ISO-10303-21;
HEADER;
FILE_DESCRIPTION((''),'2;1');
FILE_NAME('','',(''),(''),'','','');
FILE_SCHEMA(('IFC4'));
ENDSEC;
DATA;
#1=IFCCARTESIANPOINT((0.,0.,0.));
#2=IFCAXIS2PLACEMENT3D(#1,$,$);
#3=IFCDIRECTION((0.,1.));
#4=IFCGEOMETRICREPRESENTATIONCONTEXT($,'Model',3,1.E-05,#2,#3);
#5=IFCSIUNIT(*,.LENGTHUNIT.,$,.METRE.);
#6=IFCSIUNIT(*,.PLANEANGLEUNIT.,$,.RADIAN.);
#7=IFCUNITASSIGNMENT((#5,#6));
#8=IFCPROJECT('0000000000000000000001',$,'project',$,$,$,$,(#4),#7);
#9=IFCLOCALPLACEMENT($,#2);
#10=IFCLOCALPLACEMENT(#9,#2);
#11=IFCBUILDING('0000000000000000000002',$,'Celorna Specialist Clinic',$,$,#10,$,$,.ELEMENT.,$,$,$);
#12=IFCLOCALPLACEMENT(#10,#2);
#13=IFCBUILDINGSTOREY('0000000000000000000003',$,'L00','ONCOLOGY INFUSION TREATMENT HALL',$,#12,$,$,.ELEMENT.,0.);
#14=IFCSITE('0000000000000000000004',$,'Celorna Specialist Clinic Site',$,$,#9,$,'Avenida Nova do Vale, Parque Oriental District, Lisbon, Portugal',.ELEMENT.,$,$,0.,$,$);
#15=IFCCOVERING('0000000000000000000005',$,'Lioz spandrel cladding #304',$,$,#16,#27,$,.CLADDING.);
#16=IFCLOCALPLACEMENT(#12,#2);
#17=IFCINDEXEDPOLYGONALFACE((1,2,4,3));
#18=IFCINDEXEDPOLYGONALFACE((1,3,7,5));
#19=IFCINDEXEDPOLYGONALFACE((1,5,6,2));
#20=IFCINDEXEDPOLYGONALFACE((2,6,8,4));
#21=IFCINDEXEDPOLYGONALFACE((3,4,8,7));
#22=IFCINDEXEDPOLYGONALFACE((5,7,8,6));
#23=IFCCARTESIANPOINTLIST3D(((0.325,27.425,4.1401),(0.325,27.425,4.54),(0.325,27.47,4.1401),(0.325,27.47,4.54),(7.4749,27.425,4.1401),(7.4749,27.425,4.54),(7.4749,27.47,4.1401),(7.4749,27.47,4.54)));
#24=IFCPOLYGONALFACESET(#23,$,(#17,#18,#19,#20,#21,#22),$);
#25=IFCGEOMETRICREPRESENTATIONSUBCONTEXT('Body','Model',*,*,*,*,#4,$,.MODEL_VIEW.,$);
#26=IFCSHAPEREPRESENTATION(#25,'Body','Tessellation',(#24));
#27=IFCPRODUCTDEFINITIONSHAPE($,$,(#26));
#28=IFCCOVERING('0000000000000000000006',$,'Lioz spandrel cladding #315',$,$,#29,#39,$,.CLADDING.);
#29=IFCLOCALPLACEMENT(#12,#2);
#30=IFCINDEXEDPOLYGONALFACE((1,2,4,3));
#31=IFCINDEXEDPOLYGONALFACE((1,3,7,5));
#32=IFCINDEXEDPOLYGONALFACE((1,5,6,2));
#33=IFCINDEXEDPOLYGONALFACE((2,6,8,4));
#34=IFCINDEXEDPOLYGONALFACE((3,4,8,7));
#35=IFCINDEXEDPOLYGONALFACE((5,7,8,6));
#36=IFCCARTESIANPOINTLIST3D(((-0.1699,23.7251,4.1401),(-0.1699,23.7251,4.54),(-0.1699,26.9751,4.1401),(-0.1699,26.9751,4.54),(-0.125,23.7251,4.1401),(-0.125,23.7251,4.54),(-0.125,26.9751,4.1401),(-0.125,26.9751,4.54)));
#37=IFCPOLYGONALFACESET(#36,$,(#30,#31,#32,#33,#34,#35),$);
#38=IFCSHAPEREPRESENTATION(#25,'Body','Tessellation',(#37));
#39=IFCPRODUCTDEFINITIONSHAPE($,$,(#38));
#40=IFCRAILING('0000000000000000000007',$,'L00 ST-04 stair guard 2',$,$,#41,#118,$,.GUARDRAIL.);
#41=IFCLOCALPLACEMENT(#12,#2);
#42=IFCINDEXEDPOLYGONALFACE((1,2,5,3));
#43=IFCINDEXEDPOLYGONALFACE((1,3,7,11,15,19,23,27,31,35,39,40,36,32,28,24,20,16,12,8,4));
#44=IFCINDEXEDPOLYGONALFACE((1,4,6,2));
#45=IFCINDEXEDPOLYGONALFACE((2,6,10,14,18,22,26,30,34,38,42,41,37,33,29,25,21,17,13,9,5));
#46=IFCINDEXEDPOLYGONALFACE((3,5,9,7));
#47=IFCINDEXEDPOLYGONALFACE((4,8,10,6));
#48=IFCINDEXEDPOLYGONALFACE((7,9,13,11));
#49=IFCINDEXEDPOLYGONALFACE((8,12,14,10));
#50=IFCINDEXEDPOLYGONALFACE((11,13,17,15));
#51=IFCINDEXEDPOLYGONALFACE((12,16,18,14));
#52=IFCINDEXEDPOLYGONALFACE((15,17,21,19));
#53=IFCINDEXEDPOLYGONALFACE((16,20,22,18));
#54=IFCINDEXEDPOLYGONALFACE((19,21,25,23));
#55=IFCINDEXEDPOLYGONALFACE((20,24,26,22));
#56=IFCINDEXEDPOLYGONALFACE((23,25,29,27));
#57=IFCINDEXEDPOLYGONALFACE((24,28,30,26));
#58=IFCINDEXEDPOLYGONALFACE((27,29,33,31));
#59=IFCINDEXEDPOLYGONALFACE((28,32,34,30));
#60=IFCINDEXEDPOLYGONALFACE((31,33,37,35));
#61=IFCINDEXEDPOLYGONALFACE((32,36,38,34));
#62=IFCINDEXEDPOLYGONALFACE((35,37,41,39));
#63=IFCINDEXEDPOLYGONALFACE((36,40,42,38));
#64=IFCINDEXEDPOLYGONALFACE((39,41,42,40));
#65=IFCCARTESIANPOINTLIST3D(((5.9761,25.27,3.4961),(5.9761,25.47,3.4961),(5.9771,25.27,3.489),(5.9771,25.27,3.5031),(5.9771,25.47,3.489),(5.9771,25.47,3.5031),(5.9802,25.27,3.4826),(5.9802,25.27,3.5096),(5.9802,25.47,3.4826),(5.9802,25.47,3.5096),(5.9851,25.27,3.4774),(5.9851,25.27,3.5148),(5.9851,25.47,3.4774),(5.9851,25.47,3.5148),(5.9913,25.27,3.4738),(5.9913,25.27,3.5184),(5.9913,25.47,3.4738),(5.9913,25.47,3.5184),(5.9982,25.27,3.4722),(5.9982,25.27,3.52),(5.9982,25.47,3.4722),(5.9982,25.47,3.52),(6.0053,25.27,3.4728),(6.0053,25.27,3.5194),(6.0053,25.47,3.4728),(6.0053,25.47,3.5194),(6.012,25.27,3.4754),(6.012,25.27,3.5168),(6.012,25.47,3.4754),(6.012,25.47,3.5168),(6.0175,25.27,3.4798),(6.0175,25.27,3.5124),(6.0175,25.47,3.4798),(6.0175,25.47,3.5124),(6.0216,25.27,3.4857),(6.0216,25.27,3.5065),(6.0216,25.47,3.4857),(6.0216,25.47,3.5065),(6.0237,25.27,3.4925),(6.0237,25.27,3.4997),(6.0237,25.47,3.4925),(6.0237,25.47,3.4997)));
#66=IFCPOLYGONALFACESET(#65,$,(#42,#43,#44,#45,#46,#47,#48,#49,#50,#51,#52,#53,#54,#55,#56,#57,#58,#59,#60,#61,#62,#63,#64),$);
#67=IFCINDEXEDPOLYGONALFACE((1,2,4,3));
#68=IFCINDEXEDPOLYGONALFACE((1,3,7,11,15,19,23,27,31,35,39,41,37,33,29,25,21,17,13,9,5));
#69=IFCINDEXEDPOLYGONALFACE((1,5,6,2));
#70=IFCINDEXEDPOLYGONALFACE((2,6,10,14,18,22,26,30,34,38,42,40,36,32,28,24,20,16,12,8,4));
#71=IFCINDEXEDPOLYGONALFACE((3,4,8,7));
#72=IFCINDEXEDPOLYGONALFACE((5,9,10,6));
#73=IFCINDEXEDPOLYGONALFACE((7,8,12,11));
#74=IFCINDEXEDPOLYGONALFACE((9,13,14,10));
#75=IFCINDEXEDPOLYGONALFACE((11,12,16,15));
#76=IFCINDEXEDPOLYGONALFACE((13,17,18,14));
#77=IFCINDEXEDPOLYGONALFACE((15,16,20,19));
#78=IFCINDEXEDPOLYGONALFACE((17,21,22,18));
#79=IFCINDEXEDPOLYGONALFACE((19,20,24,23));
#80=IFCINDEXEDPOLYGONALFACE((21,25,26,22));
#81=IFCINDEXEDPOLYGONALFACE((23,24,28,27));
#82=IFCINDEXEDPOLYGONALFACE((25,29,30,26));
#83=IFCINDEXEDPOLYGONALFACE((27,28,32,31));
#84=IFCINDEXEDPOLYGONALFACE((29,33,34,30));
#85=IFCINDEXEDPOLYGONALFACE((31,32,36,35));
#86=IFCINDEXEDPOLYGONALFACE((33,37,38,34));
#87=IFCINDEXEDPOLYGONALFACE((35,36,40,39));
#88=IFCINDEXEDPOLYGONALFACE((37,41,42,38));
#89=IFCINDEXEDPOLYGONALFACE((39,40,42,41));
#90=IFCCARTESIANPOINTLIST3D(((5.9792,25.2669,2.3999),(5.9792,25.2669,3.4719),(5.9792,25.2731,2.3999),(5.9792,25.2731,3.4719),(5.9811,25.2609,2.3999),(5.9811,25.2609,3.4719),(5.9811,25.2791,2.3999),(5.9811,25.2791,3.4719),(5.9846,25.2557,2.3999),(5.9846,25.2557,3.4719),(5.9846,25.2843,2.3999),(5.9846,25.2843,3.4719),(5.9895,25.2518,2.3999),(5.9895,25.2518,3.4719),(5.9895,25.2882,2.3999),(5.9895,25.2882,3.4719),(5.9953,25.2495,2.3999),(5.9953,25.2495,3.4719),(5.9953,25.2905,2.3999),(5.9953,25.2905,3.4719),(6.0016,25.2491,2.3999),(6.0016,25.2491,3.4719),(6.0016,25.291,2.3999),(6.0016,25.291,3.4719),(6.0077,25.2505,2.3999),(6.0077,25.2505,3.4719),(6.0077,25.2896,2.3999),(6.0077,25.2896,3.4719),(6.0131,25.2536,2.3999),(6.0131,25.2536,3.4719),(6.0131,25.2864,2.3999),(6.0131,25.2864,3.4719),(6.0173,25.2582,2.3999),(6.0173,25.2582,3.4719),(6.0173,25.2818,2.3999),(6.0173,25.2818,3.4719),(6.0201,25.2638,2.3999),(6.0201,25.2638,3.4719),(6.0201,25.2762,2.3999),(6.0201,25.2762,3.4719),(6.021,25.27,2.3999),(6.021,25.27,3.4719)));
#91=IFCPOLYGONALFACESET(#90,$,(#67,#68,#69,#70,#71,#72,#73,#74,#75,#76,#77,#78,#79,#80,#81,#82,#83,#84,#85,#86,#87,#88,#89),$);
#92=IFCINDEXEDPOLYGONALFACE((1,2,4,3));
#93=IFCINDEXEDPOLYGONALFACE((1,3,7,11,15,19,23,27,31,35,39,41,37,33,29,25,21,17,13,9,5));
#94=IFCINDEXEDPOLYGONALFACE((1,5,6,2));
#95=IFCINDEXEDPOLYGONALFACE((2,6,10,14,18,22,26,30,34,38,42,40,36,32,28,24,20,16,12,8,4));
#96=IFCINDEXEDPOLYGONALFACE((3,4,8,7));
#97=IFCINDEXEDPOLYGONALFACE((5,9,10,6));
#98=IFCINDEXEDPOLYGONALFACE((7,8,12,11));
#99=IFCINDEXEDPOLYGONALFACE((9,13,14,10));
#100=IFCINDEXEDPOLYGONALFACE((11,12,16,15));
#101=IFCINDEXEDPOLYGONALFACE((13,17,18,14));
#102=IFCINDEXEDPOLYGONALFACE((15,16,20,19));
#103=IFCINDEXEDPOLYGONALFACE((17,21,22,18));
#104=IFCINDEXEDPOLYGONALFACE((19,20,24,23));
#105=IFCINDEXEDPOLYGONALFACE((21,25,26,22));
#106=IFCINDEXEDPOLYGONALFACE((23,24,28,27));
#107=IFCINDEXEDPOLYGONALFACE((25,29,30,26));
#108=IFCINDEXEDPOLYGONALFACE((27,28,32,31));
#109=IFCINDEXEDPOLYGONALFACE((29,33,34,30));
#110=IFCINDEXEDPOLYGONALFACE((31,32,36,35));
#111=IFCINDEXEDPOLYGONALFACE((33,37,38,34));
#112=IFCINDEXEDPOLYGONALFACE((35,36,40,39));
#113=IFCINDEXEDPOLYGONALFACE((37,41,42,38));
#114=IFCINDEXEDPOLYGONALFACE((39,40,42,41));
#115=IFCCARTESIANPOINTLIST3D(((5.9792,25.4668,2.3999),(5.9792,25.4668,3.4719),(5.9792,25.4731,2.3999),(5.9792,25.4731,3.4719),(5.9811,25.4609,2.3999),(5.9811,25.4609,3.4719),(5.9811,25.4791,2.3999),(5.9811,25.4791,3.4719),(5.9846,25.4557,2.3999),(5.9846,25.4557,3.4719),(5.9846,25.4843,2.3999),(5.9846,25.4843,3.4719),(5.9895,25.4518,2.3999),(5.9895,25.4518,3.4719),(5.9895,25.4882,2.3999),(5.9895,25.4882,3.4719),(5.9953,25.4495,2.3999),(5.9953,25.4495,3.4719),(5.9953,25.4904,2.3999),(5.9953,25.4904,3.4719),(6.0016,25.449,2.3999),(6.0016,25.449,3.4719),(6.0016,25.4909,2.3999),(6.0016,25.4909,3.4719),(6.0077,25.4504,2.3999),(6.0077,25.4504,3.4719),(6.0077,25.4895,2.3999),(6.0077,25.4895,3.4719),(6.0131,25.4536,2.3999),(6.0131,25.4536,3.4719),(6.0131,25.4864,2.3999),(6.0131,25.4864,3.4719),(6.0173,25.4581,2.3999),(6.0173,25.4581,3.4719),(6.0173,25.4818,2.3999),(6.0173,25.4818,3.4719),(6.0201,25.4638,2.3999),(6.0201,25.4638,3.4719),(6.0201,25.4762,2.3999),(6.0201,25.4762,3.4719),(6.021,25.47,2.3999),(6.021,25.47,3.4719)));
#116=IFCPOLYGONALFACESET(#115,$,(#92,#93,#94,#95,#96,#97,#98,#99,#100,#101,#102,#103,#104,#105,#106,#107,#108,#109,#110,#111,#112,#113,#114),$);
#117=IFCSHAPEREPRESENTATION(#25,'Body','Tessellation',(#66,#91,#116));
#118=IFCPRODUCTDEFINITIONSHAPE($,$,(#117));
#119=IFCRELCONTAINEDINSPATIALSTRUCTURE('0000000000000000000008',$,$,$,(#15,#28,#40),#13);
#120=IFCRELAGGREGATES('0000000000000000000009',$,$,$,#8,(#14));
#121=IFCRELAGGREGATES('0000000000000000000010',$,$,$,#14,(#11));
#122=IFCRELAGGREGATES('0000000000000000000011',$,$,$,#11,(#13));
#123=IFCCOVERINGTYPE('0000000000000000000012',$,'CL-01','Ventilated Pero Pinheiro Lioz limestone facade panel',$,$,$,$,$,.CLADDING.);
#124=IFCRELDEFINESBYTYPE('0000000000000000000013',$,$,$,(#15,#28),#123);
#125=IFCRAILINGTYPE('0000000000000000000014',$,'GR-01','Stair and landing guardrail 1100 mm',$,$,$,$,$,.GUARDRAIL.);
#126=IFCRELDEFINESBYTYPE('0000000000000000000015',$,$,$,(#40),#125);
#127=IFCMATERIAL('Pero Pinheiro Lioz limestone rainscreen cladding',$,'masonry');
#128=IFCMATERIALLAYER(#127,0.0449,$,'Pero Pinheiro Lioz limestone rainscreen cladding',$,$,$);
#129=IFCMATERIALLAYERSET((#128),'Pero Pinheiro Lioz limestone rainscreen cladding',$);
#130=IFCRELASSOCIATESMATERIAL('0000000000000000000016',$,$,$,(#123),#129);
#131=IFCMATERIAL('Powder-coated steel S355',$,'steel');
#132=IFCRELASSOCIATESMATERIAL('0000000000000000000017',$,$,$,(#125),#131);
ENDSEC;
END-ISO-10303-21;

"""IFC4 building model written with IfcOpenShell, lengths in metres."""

from ifc_helpers import new_model, si_unit, direction, frame, origin, origin_2d, place, context, subcontext, project, spatial, rectangle, circle, extrude, material, layer, layer_set, type_object, element, save


model = new_model("IFC4")

# Units and contexts
model_context = context("Model", 3, precision=1e-05, world=origin(), true_north=direction((0.0, 1.0)))
body_context = subcontext(model_context, "Body", "Model", "MODEL_VIEW")
ifc_project = project(units=[si_unit("LENGTHUNIT", "METRE"), si_unit("PLANEANGLEUNIT", "RADIAN")], contexts=[model_context])

# Site, building, storey
site_placement = place(None, origin())
site = spatial("IfcSite", under=ifc_project, at=site_placement, Name="Celorna Specialist Clinic Site", LongName="Avenida Nova do Vale, Parque Oriental District, Lisbon, Portugal", CompositionType="ELEMENT", RefElevation=0.0)
building_placement = place(site_placement, origin())
building = spatial("IfcBuilding", under=site, at=building_placement, Name="Celorna Specialist Clinic", CompositionType="ELEMENT")
storey_placement = place(building_placement, origin())
storey = spatial("IfcBuildingStorey", under=building, at=storey_placement, Name="L00", Description="ONCOLOGY INFUSION TREATMENT HALL", CompositionType="ELEMENT", Elevation=0.0)

# Coverings
ifc_material_1 = material(Name="Pero Pinheiro Lioz limestone rainscreen cladding", Category="masonry")
ifc_layer_1 = layer(ifc_material_1, 0.0449, Name="Pero Pinheiro Lioz limestone rainscreen cladding")
ifc_layer_set_1 = layer_set([ifc_layer_1], Name="Pero Pinheiro Lioz limestone rainscreen cladding")
covering_type = type_object("IfcCoveringType", Name="CL-01", Description="Ventilated Pero Pinheiro Lioz limestone facade panel", PredefinedType="CLADDING", material=ifc_layer_set_1)
covering_1_placement = place(storey_placement, frame((3.8999, 27.4475, 4.1401), z_axis=(0.0, 0.0, 1.0), x_axis=(1.0, 0.0, 0.0)))
element("IfcCovering", 1, at=covering_1_placement, inside=storey, type_object=covering_type, Name="Lioz spandrel cladding #304", PredefinedType="CLADDING", context=body_context, shape_type="SweptSolid", body=[
    extrude(rectangle(XDim=7.1499, YDim=0.0449, at=origin_2d()), origin(), (0.0, 0.0, 1.0), 0.3999),
])
covering_2_placement = place(storey_placement, frame((-0.1475, 25.3501, 4.1401), z_axis=(0.0, 0.0, 1.0), x_axis=(0.0, 1.0, 0.0)))
element("IfcCovering", 2, at=covering_2_placement, inside=storey, type_object=covering_type, Name="Lioz spandrel cladding #315", PredefinedType="CLADDING", context=body_context, shape_type="SweptSolid", body=[
    extrude(rectangle(XDim=3.25, YDim=0.0449, at=origin_2d()), origin(), (0.0, 0.0, 1.0), 0.3999),
])

# Railing
ifc_material_2 = material(Name="Powder-coated steel S355", Category="steel")
railing_type_1 = type_object("IfcRailingType", Name="GR-01", Description="Stair and landing guardrail 1100 mm", PredefinedType="GUARDRAIL", material=ifc_material_2)
railing_1_placement = place(storey_placement, frame((6.0, 25.27, 2.3999)))
element("IfcRailing", 3, at=railing_1_placement, inside=storey, type_object=railing_type_1, Name="L00 ST-04 stair guard 2", PredefinedType="GUARDRAIL", context=body_context, shape_type="SweptSolid", body=[
    extrude(circle(Radius=0.0239, at=origin_2d()), frame((0.0, 0.0, 1.0962), z_axis=(0.0, 1.0, 0.0), x_axis=(-1.0, 0.0, 0.0)), (0.0, 0.0, 1.0), 0.2),
    extrude(circle(Radius=0.021, at=origin_2d()), origin(), (0.0, 0.0, 1.0), 1.072),
    extrude(circle(Radius=0.021, at=origin_2d()), frame((0.0, 0.2, 0.0)), (0.0, 0.0, 1.0), 1.072),
])

save(model, "model.ifc")
